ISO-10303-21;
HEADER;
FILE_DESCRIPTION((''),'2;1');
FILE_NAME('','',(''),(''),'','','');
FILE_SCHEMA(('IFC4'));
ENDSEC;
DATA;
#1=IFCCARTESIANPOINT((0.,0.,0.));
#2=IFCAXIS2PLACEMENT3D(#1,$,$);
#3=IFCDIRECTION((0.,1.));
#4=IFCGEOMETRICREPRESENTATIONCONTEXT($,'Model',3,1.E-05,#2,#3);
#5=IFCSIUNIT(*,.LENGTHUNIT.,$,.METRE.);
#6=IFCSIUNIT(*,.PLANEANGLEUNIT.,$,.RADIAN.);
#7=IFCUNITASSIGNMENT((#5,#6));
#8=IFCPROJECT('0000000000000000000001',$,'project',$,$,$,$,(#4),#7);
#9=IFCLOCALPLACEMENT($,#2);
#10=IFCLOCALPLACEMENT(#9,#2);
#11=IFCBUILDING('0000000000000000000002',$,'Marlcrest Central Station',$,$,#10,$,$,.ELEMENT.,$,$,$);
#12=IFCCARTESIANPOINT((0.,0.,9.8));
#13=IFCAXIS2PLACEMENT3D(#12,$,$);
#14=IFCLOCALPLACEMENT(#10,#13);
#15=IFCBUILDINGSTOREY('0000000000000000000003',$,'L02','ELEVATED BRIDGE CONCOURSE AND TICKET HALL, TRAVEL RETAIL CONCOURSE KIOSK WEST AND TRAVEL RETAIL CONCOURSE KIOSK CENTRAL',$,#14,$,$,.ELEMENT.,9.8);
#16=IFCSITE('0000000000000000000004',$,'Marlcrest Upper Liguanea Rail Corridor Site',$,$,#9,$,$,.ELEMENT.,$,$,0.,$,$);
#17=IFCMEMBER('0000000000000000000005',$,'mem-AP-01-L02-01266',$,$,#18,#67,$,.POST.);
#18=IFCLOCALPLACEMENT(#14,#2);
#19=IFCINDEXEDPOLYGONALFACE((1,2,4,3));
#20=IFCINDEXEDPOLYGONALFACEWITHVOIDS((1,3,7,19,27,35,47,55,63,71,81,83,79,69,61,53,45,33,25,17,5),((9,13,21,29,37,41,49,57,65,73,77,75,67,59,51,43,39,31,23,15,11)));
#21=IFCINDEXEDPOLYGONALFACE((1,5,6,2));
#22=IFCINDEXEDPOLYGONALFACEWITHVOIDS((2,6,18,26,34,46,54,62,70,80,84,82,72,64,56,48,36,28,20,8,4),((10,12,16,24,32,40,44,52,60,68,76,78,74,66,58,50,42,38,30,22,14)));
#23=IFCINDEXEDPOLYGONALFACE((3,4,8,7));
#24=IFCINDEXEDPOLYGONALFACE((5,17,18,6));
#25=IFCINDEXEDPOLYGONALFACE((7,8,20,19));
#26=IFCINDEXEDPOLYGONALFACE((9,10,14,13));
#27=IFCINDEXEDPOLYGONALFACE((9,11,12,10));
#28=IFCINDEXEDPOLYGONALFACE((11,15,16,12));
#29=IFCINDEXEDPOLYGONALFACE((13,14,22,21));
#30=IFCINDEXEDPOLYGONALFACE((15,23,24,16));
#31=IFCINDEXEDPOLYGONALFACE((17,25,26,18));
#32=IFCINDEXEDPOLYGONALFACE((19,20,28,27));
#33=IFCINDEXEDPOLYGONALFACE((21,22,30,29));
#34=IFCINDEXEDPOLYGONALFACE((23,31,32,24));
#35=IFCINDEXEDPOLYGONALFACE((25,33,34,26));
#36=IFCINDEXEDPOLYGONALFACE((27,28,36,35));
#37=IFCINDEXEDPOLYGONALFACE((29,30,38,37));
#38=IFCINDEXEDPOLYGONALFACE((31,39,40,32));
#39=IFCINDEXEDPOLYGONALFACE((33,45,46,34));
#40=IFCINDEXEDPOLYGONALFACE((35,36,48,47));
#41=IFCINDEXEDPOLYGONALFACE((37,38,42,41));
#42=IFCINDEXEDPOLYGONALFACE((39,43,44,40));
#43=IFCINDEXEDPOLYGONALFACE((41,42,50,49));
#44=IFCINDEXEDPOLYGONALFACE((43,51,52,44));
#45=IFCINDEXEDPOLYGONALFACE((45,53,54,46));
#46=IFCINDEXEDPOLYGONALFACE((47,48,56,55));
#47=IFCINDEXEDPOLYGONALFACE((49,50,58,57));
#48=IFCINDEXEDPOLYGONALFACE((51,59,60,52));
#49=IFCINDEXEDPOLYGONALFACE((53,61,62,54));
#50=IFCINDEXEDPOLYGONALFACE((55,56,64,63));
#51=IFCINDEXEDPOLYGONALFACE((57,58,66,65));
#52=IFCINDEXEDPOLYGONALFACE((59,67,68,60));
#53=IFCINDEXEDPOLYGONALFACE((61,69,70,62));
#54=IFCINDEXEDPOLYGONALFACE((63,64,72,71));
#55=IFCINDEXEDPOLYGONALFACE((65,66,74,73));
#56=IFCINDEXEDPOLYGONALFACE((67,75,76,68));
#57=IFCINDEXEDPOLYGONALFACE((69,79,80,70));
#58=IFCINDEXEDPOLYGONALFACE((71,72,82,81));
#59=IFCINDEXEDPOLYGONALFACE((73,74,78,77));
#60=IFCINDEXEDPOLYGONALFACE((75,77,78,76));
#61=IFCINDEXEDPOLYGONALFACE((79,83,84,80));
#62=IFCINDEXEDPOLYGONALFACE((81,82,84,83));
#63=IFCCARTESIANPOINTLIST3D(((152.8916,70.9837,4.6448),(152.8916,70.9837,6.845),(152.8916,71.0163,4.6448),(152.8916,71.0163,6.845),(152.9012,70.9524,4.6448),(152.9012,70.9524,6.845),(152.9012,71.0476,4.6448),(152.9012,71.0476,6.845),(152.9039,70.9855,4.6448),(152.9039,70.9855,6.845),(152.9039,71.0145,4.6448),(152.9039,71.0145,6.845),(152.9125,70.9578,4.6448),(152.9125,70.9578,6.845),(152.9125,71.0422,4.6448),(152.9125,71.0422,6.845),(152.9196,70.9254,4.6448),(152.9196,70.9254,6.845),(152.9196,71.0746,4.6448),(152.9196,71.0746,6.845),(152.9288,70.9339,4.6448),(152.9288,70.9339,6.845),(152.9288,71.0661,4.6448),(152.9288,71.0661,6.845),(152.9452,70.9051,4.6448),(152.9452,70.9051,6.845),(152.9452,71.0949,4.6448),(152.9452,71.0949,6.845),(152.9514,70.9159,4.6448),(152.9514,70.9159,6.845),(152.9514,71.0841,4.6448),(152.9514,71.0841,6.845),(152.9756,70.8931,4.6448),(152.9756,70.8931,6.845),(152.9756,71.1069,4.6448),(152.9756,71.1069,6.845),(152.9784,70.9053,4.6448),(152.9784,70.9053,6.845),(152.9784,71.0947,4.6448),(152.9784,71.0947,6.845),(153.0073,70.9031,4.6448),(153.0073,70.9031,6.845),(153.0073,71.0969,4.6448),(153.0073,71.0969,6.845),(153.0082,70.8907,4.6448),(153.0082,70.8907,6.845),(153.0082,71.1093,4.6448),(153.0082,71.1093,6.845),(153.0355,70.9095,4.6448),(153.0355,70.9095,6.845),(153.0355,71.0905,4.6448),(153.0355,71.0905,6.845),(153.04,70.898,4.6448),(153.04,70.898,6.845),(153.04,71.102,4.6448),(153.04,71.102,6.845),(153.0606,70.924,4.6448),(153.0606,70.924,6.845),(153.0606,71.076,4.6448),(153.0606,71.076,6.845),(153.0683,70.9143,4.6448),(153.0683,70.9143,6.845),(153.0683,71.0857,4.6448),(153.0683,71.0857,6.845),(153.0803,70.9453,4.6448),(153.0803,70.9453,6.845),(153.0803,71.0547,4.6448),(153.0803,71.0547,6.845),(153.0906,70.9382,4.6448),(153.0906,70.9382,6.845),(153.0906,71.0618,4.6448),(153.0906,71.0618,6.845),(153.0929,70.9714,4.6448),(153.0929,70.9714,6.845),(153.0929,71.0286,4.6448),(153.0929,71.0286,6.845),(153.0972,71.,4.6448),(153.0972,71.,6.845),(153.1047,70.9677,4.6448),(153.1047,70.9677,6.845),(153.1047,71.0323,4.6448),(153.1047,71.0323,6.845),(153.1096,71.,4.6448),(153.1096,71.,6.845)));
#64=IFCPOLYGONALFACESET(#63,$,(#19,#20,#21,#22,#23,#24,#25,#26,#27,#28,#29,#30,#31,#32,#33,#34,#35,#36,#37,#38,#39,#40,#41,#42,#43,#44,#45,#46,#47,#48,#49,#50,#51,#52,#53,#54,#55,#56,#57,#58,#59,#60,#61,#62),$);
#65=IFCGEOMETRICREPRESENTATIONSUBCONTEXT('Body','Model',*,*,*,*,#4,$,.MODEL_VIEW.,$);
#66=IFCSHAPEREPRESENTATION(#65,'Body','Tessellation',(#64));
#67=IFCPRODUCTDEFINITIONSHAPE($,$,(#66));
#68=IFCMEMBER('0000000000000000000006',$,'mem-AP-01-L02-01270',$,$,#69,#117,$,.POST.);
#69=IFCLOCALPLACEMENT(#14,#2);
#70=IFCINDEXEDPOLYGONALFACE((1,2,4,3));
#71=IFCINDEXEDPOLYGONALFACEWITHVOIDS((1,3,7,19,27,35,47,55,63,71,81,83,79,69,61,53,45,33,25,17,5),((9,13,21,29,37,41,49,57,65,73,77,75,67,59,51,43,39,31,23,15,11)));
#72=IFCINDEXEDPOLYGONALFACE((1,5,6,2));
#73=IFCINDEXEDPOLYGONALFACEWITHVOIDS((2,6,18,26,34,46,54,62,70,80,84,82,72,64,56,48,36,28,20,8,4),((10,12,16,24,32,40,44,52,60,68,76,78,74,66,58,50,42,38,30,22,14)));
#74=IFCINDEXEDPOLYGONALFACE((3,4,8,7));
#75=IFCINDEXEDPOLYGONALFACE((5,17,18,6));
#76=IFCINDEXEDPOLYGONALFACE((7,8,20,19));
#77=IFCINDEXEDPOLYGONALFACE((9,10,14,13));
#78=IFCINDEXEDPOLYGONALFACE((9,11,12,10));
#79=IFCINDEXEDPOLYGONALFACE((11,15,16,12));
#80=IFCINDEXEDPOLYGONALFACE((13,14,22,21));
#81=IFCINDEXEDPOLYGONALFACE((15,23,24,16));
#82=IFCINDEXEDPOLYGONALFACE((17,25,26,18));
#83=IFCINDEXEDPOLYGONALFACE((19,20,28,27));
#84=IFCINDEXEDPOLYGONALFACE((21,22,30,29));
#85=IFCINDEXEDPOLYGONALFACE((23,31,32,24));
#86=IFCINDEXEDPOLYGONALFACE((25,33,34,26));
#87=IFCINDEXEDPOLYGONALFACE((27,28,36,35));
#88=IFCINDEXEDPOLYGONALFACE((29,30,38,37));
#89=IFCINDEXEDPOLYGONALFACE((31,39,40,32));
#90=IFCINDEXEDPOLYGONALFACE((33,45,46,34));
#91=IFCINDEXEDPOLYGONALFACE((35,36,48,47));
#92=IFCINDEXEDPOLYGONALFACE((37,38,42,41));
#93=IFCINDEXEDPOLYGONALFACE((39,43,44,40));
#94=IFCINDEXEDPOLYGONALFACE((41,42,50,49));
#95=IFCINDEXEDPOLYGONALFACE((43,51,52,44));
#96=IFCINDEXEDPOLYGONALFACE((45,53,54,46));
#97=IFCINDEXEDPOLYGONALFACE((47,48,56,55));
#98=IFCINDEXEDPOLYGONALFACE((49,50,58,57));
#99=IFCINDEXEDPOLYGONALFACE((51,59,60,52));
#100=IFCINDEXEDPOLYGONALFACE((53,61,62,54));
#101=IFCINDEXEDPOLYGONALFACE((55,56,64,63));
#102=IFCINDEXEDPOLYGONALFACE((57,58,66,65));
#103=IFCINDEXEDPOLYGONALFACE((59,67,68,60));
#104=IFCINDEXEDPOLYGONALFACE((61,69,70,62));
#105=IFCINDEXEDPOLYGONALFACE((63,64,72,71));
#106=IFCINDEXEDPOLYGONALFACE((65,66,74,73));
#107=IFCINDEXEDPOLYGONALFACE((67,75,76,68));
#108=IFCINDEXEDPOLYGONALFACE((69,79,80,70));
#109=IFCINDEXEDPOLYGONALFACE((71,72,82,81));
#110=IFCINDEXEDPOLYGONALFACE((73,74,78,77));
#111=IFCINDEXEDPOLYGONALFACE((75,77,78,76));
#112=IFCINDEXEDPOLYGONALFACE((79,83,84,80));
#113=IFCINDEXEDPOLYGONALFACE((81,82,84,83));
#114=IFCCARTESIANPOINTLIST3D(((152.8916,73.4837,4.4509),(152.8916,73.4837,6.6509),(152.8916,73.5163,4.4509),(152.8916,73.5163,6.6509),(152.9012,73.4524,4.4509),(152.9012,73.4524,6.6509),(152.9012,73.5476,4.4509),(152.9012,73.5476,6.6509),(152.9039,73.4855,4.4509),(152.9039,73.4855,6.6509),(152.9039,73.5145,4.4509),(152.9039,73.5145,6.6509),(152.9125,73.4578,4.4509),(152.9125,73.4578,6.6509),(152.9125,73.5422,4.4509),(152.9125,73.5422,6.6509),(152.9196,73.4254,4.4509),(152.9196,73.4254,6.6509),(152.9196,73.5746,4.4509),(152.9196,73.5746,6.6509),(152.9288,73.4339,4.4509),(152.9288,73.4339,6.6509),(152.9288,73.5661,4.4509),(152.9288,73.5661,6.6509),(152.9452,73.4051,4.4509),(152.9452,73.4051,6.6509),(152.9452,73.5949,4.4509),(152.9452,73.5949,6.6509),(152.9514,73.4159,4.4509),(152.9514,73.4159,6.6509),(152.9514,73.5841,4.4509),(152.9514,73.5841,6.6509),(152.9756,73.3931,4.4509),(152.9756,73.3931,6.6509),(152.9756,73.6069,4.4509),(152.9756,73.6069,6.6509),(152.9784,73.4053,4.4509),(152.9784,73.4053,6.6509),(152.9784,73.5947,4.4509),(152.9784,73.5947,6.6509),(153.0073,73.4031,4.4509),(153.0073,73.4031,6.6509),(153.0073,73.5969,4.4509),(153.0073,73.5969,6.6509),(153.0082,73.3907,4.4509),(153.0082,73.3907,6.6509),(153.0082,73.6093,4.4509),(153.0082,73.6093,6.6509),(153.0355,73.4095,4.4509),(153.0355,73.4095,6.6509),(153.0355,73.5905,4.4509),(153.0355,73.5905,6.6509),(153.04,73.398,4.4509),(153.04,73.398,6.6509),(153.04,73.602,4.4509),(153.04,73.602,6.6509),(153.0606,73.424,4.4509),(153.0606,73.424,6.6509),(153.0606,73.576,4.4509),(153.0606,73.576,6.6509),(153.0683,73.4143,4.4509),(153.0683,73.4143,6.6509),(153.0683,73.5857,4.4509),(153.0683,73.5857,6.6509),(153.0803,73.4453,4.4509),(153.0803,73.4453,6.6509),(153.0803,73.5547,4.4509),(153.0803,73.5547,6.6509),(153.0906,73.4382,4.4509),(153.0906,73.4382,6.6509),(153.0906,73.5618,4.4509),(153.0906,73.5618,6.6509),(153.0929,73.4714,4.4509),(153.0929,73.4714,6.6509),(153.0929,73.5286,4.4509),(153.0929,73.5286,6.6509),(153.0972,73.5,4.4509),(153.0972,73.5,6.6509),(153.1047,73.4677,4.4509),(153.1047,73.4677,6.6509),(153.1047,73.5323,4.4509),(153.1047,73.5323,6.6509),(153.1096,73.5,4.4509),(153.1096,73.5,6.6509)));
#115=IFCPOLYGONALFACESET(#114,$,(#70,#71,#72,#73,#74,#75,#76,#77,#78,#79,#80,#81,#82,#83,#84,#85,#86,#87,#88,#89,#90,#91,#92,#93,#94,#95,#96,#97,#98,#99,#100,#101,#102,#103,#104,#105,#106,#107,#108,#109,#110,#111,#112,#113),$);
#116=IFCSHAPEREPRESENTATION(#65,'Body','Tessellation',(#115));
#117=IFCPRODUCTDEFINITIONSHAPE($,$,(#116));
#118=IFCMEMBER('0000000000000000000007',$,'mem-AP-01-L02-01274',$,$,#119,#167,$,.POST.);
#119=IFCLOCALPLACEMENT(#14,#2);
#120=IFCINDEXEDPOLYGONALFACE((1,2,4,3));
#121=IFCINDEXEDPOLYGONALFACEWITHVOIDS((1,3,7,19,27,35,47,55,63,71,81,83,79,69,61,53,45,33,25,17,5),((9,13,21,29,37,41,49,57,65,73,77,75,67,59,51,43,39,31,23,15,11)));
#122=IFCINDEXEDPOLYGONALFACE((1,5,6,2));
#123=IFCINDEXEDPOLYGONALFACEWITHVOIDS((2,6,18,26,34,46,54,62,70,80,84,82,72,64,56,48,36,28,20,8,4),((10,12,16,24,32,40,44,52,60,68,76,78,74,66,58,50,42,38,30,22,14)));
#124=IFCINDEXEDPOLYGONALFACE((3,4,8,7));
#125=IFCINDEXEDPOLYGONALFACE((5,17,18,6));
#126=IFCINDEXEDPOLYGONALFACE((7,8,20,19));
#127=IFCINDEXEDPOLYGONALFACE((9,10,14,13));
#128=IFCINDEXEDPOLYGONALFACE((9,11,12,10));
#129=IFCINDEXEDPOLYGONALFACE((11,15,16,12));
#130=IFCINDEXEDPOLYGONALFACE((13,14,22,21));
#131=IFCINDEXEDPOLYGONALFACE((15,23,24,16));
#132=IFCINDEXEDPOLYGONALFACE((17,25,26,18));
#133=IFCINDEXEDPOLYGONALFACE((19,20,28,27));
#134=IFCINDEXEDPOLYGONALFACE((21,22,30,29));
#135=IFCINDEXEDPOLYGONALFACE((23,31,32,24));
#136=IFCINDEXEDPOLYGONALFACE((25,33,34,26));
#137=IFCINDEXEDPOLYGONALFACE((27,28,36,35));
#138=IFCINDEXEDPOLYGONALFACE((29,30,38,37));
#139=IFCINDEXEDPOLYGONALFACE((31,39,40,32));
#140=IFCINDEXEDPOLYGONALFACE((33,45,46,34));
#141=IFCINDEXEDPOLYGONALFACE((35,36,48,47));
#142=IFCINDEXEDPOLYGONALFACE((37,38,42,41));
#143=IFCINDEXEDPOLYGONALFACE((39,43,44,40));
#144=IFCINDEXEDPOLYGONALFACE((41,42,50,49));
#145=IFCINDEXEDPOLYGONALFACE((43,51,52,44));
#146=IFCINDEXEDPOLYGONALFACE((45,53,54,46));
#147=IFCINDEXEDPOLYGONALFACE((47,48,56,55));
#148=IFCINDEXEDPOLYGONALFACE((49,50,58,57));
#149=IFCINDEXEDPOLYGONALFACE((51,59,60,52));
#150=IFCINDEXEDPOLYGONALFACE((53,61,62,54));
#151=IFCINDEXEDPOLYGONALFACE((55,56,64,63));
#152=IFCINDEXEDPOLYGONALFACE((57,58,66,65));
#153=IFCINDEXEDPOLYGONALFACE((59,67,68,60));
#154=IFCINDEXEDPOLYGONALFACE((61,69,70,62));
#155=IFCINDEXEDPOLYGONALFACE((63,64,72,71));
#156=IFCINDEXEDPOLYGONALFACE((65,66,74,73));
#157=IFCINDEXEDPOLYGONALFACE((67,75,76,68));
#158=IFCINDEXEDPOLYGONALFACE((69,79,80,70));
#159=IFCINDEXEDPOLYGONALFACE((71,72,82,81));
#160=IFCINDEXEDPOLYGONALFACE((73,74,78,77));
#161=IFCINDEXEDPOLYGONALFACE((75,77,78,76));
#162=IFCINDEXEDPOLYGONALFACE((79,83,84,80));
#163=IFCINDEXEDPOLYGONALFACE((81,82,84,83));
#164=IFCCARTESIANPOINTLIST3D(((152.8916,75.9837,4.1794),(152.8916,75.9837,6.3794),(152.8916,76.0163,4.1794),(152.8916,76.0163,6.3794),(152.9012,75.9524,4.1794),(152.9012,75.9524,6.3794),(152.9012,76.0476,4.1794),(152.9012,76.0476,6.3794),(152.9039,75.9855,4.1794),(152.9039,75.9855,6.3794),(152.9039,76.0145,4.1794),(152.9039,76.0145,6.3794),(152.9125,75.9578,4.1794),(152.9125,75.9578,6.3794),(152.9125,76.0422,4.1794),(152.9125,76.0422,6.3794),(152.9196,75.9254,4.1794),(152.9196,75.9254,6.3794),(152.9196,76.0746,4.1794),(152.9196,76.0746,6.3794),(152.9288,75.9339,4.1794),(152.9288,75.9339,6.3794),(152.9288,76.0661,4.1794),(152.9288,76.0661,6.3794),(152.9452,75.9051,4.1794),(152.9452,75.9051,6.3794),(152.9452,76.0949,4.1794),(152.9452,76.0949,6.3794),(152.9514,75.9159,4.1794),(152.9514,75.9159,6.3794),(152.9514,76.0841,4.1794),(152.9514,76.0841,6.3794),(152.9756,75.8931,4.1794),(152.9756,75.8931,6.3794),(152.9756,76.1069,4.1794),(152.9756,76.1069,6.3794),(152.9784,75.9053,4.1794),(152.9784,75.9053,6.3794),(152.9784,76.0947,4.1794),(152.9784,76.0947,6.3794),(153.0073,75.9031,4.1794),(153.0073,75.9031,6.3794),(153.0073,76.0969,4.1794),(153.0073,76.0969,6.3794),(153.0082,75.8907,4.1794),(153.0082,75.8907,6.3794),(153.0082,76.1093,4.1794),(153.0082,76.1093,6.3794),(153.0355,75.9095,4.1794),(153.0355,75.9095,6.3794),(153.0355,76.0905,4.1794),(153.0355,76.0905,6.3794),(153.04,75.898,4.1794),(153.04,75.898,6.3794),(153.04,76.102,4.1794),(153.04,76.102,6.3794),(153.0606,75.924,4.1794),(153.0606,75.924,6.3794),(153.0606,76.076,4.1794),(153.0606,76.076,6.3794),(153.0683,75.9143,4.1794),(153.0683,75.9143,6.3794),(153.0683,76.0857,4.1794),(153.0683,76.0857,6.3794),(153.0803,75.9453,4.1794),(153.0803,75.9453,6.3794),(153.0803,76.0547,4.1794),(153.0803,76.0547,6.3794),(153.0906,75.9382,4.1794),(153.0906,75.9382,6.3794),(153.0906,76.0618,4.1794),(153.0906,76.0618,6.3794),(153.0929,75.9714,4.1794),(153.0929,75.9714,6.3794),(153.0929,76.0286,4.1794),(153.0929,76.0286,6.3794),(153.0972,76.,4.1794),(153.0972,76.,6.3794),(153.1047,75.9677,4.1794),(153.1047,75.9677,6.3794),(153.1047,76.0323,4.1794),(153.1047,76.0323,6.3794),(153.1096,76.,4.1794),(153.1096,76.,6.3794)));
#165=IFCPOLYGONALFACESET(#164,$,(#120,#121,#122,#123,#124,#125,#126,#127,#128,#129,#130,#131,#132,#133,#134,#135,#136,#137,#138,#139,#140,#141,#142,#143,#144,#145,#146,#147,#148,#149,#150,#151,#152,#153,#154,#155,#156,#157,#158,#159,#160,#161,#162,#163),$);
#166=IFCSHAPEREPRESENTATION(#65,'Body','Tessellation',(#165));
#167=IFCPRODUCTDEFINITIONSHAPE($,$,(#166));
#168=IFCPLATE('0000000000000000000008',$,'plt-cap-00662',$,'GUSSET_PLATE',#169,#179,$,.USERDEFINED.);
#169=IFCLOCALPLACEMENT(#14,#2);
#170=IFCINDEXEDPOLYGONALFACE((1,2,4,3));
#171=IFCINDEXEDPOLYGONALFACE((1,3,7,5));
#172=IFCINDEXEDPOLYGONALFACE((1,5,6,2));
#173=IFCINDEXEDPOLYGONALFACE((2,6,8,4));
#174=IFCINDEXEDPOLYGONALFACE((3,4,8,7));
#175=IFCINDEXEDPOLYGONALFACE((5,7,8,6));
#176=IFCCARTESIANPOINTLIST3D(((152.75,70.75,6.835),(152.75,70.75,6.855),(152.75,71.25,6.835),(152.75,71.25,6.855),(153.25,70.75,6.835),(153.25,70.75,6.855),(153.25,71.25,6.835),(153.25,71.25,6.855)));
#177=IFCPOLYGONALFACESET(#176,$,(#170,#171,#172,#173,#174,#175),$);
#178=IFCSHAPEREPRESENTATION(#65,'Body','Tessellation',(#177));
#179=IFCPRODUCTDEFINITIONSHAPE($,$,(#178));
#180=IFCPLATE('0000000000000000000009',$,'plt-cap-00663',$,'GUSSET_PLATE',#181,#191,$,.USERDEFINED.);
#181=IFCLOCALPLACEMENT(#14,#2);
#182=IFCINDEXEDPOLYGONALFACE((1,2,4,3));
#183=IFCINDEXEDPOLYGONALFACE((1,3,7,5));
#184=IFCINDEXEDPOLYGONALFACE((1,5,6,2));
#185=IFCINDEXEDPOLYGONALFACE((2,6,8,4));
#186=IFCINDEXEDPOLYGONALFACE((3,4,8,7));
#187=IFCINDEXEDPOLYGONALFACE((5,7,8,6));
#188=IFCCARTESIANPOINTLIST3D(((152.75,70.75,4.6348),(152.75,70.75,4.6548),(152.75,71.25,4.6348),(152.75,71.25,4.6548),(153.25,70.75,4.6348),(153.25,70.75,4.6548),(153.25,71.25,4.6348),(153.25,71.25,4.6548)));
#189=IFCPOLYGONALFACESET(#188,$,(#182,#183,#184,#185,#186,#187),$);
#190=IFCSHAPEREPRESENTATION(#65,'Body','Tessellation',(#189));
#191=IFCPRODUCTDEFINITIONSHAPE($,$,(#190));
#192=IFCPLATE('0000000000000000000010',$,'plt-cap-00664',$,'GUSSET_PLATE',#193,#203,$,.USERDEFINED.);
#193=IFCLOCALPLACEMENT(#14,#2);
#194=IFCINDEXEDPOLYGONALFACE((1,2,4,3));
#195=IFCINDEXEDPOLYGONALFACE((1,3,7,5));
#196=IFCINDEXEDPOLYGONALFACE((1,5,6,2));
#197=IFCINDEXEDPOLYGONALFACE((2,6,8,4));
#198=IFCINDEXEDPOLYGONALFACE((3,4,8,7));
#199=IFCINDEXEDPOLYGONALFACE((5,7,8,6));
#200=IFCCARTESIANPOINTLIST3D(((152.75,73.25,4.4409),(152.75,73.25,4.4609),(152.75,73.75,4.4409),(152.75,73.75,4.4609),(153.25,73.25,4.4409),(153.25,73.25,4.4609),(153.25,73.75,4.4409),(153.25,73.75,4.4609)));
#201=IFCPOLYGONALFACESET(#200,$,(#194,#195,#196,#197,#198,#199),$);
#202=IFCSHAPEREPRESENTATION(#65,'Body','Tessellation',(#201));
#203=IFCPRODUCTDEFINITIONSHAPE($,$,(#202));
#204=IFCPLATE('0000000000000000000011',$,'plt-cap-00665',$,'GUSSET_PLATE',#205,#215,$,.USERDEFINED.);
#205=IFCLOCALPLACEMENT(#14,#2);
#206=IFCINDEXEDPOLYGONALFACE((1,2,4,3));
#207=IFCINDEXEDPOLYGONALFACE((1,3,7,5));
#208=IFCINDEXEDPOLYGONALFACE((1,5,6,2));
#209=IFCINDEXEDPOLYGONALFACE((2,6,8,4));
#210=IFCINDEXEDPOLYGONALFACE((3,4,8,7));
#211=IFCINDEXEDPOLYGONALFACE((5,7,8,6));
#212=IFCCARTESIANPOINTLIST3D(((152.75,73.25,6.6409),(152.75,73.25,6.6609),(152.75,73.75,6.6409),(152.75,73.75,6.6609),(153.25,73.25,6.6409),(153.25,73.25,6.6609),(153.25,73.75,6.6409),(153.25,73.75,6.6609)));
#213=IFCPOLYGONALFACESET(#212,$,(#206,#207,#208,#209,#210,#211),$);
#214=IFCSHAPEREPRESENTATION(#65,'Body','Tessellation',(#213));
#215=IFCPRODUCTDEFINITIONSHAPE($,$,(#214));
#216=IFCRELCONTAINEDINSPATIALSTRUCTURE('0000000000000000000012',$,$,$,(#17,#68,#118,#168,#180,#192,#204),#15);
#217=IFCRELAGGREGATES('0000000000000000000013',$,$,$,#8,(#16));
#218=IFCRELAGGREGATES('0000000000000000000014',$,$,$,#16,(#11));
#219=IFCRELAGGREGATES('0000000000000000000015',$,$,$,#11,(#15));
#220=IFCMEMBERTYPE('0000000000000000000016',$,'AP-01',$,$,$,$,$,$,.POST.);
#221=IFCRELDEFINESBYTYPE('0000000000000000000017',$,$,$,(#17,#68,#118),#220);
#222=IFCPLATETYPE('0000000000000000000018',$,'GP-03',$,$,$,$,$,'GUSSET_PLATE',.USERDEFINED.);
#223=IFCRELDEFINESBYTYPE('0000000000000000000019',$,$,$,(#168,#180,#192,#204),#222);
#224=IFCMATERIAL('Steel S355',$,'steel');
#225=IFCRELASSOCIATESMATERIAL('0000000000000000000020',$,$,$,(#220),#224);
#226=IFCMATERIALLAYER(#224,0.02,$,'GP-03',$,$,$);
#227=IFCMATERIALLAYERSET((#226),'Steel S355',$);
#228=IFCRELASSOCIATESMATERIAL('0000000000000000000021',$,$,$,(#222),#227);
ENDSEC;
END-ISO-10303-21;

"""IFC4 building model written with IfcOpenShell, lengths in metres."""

from ifc_helpers import new_model, si_unit, direction, frame, origin, origin_2d, place, context, subcontext, project, spatial, rectangle, hollow_circle, extrude, material, layer, layer_set, material_profile, profile_set, type_object, element, save


model = new_model("IFC4")

# Units and contexts
model_context = context("Model", 3, precision=1e-05, world=origin(), true_north=direction((0.0, 1.0)))
body_context = subcontext(model_context, "Body", "Model", "MODEL_VIEW")
ifc_project = project(units=[si_unit("LENGTHUNIT", "METRE"), si_unit("PLANEANGLEUNIT", "RADIAN")], contexts=[model_context])

# Site, building, storey
site_placement = place(None, origin())
site = spatial("IfcSite", under=ifc_project, at=site_placement, Name="Marlcrest Upper Liguanea Rail Corridor Site", CompositionType="ELEMENT", RefElevation=0.0)
building_placement = place(site_placement, origin())
building = spatial("IfcBuilding", under=site, at=building_placement, Name="Marlcrest Central Station", CompositionType="ELEMENT")
storey_placement = place(building_placement, frame((0.0, 0.0, 9.8)))
storey = spatial("IfcBuildingStorey", under=building, at=storey_placement, Name="L02", Description="ELEVATED BRIDGE CONCOURSE AND TICKET HALL, TRAVEL RETAIL CONCOURSE KIOSK WEST AND TRAVEL RETAIL CONCOURSE KIOSK CENTRAL", CompositionType="ELEMENT", Elevation=9.8)

# Members
ifc_material = material(Name="Steel S355", Category="steel")
ifc_material_profile_1 = material_profile(ifc_material, hollow_circle(Radius=0.1096, WallThickness=0.0125, at=origin_2d()), Name="CHS 219.1x12.5")
ifc_profile_set_1 = profile_set([ifc_material_profile_1], Name="Steel S355")
member_type_1 = type_object("IfcMemberType", Name="AP-01", PredefinedType="POST", material=ifc_profile_set_1)
member_1_placement = place(storey_placement, frame((153.0, 71.0, 4.6448), z_axis=(0.0, 0.0, 1.0), x_axis=(1.0, 0.0, 0.0)))
element("IfcMember", 1, at=member_1_placement, inside=storey, type_object=member_type_1, Name="mem-AP-01-L02-01266", PredefinedType="POST", context=body_context, shape_type="SweptSolid", body=[
    extrude(hollow_circle(Radius=0.1096, WallThickness=0.0125, at=origin_2d()), origin(), (0.0, 0.0, 1.0), 2.2002),
])
for number, where, z_axis, x_axis, name in (
    (2, (153.0, 73.5, 4.4509), (0.0, 0.0, 1.0), (1.0, 0.0, 0.0), "mem-AP-01-L02-01270"),
    (3, (153.0, 76.0, 4.1794), (0.0, 0.0, 1.0), (1.0, 0.0, 0.0), "mem-AP-01-L02-01274"),
):
    element("IfcMember", number, at=place(storey_placement, frame(where, z_axis=z_axis, x_axis=x_axis)), inside=storey, type_object=member_type_1, Name=name, PredefinedType="POST", context=body_context, shape_type="SweptSolid", body=[
        extrude(hollow_circle(Radius=0.1096, WallThickness=0.0125, at=origin_2d()), origin(), (0.0, 0.0, 1.0), 2.2),
    ])

# Plates
ifc_layer = layer(ifc_material, 0.02, Name="GP-03")
ifc_layer_set = layer_set([ifc_layer], Name="Steel S355")
plate_type = type_object("IfcPlateType", Name="GP-03", ElementType="GUSSET_PLATE", PredefinedType="USERDEFINED", material=ifc_layer_set)
for number, where, z_axis, x_axis, name in (
    (4, (153.0, 71.0, 6.835), (0.0, 0.0, 1.0), (1.0, 0.0, 0.0), "plt-cap-00662"),
    (5, (153.0, 71.0, 4.6348), (0.0, 0.0, 1.0), (1.0, 0.0, 0.0), "plt-cap-00663"),
    (6, (153.0, 73.5, 4.4409), (0.0, 0.0, 1.0), (1.0, 0.0, 0.0), "plt-cap-00664"),
    (7, (153.0, 73.5, 6.6409), (0.0, 0.0, 1.0), (1.0, 0.0, 0.0), "plt-cap-00665"),
):
    element("IfcPlate", number, at=place(storey_placement, frame(where, z_axis=z_axis, x_axis=x_axis)), inside=storey, type_object=plate_type, Name=name, ObjectType="GUSSET_PLATE", PredefinedType="USERDEFINED", context=body_context, shape_type="SweptSolid", body=[
        extrude(rectangle(XDim=0.5, YDim=0.5, at=origin_2d()), origin(), (0.0, 0.0, 1.0), 0.02),
    ])

save(model, "model.ifc")
